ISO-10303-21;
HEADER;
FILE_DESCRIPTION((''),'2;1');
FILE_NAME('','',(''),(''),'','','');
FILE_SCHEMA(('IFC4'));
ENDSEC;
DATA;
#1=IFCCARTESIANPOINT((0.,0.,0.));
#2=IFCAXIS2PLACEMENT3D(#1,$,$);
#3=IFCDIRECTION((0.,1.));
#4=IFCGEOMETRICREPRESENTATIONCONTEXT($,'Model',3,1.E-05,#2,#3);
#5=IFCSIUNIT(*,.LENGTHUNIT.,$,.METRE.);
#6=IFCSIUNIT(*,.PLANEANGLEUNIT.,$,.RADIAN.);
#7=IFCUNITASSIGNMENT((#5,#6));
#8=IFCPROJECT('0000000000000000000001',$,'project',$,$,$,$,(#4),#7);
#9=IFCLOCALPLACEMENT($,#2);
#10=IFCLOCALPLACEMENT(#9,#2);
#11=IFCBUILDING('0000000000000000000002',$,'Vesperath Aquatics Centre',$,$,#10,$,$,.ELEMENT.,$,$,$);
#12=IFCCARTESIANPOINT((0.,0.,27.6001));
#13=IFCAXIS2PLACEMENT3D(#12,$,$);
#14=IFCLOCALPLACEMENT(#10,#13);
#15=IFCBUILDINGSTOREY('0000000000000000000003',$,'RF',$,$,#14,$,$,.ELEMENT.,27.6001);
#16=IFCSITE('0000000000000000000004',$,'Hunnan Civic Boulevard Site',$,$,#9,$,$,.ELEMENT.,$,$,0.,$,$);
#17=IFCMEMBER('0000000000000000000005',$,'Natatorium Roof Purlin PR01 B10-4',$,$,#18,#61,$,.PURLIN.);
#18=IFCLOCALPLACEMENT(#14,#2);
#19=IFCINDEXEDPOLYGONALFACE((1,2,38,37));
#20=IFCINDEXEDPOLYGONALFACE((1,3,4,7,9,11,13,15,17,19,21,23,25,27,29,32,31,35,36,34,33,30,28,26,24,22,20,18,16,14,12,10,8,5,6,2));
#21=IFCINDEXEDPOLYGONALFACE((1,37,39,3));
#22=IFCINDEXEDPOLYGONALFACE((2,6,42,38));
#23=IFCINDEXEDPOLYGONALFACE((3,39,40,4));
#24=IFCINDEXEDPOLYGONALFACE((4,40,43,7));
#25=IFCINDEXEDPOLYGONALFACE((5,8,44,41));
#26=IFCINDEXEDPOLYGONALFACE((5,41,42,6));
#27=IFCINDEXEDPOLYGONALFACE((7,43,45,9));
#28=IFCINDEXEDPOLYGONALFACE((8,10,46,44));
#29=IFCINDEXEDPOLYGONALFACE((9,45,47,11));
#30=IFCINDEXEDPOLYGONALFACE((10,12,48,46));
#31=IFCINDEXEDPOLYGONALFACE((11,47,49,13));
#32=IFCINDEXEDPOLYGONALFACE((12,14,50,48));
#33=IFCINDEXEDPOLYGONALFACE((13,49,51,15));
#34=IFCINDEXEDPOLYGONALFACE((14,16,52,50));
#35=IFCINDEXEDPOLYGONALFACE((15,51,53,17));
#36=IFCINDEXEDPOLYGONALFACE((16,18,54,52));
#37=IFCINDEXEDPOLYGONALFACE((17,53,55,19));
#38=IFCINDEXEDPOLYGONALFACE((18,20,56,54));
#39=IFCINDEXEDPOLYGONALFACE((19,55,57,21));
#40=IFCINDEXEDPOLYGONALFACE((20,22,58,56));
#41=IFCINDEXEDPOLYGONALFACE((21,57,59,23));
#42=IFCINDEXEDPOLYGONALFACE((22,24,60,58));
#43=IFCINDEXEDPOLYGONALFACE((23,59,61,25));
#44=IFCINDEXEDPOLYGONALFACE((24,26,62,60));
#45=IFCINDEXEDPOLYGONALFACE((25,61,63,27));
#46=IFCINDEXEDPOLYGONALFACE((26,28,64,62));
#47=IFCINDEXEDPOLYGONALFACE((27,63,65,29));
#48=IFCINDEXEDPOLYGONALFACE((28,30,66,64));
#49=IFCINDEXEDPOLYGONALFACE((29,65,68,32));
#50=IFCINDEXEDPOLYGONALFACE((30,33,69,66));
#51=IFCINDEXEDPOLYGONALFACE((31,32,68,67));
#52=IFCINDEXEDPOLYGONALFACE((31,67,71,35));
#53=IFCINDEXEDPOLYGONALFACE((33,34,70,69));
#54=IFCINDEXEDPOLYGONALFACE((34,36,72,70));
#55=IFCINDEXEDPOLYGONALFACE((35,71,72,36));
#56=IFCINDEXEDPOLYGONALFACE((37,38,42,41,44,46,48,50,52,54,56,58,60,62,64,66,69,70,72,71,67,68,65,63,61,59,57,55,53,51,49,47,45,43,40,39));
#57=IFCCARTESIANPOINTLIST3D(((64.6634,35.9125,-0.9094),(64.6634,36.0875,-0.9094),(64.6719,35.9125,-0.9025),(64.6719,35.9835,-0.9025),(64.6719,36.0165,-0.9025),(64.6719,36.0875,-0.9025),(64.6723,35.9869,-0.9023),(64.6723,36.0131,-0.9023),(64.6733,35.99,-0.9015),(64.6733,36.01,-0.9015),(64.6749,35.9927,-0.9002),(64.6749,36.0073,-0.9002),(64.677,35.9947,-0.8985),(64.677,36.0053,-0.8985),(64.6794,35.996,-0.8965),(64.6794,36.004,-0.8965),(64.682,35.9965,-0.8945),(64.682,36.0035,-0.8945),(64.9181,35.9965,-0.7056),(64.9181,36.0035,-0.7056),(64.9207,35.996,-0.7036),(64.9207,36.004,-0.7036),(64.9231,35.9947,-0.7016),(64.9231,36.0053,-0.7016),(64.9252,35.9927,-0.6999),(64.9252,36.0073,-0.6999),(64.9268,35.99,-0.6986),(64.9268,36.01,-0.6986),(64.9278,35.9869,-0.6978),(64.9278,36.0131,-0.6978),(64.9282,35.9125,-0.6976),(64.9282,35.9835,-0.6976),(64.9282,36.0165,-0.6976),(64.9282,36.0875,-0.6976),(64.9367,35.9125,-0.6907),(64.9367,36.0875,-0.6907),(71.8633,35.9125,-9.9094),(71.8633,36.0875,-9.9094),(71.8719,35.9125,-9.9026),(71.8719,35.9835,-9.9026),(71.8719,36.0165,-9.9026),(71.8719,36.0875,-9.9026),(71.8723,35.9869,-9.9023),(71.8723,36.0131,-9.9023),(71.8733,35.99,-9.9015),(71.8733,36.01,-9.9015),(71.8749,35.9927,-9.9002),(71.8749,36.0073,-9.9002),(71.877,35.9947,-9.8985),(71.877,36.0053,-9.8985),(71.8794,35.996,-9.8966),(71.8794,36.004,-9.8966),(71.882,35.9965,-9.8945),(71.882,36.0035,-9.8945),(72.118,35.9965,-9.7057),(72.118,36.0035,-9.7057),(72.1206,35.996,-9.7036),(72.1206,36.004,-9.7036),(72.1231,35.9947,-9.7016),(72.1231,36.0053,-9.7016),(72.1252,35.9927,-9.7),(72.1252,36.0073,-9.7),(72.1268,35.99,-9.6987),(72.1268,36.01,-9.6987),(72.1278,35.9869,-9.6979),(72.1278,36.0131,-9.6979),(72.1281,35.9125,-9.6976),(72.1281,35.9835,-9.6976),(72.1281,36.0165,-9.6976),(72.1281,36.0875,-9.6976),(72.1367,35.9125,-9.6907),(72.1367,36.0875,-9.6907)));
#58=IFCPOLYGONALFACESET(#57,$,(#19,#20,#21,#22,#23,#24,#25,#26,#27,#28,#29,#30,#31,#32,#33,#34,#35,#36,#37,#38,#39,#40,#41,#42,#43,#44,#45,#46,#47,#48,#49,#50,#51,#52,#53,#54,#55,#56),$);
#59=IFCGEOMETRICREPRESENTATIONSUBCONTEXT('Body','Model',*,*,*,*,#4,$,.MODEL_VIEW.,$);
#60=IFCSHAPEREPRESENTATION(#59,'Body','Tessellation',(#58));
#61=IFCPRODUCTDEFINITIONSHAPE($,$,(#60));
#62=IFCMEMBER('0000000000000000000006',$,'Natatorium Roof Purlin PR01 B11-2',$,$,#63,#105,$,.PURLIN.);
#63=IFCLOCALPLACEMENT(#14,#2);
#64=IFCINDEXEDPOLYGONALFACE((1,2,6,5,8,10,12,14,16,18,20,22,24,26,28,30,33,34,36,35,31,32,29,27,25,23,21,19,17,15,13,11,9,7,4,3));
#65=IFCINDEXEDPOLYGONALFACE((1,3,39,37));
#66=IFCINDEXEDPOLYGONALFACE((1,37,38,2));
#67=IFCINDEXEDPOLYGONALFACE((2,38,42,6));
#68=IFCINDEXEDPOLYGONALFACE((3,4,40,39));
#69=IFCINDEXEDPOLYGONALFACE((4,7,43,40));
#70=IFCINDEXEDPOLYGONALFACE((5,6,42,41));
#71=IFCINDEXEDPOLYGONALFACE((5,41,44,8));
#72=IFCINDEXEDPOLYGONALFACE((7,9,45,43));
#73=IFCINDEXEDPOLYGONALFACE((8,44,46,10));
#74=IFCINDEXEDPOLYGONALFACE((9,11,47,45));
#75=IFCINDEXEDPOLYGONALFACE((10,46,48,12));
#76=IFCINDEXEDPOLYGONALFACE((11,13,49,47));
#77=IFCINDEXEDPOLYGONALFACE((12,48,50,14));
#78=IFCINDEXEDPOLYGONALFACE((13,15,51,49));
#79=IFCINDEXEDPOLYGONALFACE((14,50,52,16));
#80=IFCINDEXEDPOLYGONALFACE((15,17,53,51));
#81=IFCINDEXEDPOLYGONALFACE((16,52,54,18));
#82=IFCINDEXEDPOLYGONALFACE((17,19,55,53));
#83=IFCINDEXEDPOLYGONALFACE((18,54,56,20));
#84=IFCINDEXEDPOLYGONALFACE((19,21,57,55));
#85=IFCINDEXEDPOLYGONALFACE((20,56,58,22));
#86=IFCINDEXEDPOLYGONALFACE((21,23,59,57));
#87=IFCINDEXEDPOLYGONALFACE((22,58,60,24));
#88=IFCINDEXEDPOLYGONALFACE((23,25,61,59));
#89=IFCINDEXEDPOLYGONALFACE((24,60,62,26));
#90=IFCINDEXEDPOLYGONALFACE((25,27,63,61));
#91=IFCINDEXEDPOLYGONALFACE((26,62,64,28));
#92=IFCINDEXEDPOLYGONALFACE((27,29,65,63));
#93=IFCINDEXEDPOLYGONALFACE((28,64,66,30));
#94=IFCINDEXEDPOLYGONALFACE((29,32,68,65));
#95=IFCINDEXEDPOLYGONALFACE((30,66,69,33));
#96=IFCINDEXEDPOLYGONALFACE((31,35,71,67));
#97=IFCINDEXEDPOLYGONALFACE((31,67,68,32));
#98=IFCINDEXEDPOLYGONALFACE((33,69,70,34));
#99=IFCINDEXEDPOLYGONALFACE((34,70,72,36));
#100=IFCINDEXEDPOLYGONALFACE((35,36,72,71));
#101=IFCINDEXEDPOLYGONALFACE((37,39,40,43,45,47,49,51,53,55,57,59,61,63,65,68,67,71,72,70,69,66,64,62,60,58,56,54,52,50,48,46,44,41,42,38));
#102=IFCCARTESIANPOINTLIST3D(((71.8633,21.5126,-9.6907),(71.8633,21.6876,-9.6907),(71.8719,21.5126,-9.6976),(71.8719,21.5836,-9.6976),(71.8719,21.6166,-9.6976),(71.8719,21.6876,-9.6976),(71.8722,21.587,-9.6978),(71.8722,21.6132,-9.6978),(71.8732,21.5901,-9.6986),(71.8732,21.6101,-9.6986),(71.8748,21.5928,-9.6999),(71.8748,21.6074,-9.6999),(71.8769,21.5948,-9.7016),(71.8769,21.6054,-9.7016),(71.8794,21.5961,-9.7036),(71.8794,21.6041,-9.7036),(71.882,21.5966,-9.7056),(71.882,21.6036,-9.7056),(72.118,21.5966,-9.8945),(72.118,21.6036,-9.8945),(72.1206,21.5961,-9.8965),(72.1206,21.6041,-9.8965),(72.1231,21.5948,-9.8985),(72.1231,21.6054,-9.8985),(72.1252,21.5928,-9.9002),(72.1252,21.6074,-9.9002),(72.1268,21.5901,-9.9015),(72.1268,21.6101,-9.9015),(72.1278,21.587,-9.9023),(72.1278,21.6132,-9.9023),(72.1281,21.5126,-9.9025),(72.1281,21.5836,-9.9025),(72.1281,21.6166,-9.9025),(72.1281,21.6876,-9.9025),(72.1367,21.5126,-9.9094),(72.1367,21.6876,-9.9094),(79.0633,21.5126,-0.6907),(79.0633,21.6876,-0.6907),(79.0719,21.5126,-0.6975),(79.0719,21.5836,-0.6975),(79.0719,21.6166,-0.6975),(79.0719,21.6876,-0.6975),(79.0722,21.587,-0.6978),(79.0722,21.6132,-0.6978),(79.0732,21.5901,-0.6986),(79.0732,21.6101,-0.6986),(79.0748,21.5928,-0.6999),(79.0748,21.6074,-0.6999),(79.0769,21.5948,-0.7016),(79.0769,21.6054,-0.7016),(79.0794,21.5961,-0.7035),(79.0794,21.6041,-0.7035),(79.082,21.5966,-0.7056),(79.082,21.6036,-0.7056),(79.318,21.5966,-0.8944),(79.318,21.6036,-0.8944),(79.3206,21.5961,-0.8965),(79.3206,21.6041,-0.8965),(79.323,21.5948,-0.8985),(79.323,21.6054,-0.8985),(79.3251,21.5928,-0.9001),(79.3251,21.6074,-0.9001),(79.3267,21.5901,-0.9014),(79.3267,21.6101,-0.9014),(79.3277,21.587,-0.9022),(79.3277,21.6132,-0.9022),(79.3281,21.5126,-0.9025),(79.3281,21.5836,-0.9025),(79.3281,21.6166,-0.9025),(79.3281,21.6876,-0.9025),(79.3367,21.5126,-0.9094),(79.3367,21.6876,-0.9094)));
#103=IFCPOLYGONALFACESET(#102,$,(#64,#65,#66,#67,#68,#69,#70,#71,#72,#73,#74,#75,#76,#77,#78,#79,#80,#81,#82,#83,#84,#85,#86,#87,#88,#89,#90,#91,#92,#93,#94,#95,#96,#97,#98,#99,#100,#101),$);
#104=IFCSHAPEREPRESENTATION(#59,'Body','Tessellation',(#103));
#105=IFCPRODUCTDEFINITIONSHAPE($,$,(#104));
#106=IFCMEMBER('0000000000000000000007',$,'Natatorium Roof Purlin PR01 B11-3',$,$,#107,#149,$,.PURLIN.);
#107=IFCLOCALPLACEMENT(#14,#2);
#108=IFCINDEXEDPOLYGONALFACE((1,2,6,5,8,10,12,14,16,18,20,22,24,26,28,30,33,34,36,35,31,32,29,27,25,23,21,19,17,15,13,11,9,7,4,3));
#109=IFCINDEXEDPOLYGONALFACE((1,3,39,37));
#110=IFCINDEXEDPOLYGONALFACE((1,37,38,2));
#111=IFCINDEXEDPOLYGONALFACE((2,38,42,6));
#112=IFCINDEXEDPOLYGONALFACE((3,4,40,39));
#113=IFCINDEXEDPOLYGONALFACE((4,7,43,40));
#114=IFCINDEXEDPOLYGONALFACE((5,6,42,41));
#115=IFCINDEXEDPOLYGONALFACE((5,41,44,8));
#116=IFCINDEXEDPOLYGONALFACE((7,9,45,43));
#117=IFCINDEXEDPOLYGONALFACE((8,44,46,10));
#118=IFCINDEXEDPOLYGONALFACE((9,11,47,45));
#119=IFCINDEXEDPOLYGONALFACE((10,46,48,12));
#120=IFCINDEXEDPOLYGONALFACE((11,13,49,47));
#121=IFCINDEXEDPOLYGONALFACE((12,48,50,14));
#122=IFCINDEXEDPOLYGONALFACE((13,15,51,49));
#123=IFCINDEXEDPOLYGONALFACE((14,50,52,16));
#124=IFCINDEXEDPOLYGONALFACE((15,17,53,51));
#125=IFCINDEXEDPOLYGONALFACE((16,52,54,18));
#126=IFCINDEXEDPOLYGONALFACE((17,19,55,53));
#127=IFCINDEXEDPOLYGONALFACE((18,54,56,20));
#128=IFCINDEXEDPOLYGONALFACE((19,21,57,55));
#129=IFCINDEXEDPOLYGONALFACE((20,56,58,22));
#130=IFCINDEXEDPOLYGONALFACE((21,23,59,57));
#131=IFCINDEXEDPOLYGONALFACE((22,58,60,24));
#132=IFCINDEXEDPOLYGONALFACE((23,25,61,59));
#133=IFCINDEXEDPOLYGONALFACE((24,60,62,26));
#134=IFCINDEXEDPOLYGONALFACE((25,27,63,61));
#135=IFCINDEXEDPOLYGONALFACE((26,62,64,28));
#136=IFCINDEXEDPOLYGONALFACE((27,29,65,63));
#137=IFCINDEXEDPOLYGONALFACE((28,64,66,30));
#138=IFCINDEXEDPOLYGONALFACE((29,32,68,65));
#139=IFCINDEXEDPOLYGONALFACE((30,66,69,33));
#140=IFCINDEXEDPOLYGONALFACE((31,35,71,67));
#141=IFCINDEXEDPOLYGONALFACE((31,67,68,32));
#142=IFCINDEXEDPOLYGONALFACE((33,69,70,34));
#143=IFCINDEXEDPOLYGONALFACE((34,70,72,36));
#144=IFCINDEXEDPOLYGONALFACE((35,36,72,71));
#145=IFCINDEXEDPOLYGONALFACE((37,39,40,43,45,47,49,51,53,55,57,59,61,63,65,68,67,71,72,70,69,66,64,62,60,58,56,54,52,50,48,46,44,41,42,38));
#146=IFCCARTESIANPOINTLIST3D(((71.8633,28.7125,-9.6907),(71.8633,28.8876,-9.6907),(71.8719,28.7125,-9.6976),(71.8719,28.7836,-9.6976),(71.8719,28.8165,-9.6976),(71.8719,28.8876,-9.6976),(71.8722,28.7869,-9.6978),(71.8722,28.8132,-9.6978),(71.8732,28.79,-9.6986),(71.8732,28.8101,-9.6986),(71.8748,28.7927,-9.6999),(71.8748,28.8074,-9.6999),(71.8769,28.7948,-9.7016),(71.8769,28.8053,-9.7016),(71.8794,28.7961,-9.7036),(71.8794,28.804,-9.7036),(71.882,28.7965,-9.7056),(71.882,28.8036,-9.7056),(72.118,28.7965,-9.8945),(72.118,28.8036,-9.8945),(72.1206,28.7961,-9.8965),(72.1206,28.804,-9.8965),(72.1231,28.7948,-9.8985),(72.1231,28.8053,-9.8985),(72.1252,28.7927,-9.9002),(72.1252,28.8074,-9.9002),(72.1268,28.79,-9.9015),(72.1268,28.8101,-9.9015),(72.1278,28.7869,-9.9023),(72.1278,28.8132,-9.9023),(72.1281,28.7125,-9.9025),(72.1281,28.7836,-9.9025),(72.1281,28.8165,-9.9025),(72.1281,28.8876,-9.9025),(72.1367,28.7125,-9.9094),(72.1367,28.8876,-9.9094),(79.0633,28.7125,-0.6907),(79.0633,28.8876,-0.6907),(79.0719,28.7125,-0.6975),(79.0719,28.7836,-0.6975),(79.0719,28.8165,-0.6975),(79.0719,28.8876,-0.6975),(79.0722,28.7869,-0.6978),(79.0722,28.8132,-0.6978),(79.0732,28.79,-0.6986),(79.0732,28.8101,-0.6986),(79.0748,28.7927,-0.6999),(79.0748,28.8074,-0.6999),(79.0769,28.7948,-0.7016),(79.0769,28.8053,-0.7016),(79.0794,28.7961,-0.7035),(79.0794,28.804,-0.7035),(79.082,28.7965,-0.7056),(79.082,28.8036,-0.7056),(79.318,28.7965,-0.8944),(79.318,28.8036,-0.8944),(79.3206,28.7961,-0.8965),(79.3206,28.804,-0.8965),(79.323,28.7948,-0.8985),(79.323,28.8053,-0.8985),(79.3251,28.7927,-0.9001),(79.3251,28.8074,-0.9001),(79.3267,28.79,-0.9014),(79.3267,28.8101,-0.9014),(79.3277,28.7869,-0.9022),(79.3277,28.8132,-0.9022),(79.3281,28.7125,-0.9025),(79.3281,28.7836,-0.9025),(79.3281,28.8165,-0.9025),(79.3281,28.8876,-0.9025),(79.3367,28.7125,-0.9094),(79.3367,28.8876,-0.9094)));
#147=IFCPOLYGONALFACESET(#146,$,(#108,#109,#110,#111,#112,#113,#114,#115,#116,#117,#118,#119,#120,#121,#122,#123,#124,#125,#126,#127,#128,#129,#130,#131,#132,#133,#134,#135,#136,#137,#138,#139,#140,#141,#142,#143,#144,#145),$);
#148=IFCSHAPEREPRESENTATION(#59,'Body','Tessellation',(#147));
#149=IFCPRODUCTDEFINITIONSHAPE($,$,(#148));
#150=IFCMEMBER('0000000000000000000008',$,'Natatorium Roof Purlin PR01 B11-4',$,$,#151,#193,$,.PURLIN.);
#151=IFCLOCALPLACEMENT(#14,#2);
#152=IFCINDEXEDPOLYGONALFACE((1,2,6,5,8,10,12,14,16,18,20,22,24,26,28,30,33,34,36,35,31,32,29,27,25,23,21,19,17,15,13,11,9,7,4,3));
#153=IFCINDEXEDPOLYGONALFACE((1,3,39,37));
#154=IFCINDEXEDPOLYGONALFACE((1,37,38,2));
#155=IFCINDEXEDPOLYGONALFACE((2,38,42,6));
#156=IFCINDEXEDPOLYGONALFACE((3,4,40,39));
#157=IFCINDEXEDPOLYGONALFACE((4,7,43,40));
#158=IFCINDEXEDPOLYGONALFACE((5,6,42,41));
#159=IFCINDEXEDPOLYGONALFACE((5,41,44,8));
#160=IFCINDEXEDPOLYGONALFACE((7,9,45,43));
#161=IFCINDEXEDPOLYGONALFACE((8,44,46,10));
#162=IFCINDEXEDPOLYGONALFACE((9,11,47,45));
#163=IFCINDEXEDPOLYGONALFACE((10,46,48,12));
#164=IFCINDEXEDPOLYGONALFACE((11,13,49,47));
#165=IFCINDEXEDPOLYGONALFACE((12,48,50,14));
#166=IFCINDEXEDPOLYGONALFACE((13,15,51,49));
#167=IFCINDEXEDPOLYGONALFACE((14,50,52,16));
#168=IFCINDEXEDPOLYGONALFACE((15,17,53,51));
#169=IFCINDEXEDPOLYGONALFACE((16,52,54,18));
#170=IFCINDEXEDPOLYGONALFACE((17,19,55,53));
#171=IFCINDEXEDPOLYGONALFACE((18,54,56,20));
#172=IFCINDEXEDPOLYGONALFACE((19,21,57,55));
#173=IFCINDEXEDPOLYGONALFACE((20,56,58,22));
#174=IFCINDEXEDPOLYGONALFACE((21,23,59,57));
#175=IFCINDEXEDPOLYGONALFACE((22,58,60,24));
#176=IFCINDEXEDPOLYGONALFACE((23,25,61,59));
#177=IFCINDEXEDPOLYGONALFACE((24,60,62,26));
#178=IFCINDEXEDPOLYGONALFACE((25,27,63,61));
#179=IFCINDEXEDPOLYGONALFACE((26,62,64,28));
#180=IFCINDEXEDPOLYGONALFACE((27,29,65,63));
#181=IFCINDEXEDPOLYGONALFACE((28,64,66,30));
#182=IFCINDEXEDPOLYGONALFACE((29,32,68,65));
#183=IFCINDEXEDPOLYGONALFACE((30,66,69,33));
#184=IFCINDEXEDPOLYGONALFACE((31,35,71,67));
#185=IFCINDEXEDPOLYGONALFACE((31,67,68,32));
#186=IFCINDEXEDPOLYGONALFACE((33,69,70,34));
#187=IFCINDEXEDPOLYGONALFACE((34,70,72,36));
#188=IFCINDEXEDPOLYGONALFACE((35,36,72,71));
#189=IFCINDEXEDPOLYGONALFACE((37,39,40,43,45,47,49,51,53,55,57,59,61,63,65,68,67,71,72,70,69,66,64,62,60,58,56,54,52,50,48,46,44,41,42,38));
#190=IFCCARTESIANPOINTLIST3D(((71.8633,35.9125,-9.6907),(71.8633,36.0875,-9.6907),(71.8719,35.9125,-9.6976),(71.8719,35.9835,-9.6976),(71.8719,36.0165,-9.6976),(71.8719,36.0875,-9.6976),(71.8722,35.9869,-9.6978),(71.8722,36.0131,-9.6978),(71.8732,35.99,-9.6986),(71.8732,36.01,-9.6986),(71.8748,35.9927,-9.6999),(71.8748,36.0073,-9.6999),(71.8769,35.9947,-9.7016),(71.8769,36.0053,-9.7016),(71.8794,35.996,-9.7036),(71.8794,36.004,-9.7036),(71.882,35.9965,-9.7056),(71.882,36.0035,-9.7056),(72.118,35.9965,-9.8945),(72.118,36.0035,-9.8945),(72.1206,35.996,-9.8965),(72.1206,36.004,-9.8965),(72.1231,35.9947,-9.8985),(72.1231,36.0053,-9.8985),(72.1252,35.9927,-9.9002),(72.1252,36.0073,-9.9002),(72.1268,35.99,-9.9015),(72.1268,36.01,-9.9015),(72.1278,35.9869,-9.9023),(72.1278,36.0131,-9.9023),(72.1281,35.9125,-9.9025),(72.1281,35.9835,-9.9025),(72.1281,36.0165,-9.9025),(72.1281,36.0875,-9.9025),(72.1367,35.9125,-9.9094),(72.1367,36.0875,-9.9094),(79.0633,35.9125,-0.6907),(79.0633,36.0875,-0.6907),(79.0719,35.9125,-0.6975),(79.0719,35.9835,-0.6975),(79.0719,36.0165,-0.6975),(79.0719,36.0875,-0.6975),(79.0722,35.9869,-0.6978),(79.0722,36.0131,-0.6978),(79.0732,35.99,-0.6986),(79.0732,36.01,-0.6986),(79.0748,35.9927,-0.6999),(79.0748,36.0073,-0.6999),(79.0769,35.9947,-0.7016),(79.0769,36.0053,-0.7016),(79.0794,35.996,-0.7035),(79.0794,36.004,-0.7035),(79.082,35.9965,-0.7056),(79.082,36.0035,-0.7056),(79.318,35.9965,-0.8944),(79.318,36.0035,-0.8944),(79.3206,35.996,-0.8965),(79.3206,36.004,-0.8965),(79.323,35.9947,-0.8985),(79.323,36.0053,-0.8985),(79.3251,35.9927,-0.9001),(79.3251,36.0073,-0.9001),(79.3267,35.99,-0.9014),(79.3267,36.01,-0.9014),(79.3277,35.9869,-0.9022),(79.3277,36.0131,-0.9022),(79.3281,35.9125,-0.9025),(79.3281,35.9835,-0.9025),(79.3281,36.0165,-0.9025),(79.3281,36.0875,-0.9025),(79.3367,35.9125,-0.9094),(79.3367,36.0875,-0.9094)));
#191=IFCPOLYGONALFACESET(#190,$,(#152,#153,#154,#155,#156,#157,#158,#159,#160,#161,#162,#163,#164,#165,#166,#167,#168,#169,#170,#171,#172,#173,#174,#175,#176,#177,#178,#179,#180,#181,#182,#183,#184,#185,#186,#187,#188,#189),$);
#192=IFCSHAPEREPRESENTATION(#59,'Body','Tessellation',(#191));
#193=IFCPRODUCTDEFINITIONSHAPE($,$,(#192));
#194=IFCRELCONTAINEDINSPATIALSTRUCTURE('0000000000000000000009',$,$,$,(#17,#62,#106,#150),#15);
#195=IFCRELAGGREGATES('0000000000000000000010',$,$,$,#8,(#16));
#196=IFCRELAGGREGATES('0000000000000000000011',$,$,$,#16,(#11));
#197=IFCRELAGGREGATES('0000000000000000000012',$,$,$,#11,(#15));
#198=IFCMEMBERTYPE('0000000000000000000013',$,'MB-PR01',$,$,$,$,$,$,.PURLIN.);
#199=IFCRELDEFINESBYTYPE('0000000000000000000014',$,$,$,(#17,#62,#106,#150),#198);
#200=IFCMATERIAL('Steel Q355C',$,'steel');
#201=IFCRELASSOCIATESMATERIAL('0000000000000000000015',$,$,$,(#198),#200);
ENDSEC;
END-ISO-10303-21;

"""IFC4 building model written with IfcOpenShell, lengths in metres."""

from ifc_helpers import new_model, si_unit, direction, frame, origin, origin_2d, place, context, subcontext, project, spatial, i_section, extrude, material, material_profile, profile_set, type_object, element, save


model = new_model("IFC4")

# Units and contexts
model_context = context("Model", 3, precision=1e-05, world=origin(), true_north=direction((0.0, 1.0)))
body_context = subcontext(model_context, "Body", "Model", "MODEL_VIEW")
ifc_project = project(units=[si_unit("LENGTHUNIT", "METRE"), si_unit("PLANEANGLEUNIT", "RADIAN")], contexts=[model_context])

# Site, building, storey
site_placement = place(None, origin())
site = spatial("IfcSite", under=ifc_project, at=site_placement, Name="Hunnan Civic Boulevard Site", CompositionType="ELEMENT", RefElevation=0.0)
building_placement = place(site_placement, origin())
building = spatial("IfcBuilding", under=site, at=building_placement, Name="Vesperath Aquatics Centre", CompositionType="ELEMENT")
storey_placement = place(building_placement, frame((0.0, 0.0, 27.6001)))
storey = spatial("IfcBuildingStorey", under=building, at=storey_placement, Name="RF", CompositionType="ELEMENT", Elevation=27.6001)

# Shared definitions
ifc_material_1 = material(Name="Steel Q355C", Category="steel")

# Members
ifc_material_profile_1 = material_profile(ifc_material_1, i_section(OverallWidth=0.175, OverallDepth=0.3501, WebThickness=0.0071, FlangeThickness=0.011, FilletRadius=0.0129, at=origin_2d()), Name="HN 350x175x7x11")
ifc_profile_set_1 = profile_set([ifc_material_profile_1], Name="Steel Q355C")
member_type_1 = type_object("IfcMemberType", Name="MB-PR01", PredefinedType="PURLIN", material=ifc_profile_set_1)
for number, where, z_axis, x_axis, name in (
    (1, (64.8, 36.0, -0.8), (0.624692, 0.0, -0.780871), (0.0, 1.0, 0.0), "Natatorium Roof Purlin PR01 B10-4"),
    (2, (72.0, 21.6001, -9.8), (0.624692, 0.0, 0.780871), (0.0, 1.0, 0.0), "Natatorium Roof Purlin PR01 B11-2"),
    (3, (72.0, 28.8, -9.8), (0.624692, 0.0, 0.780871), (0.0, 1.0, 0.0), "Natatorium Roof Purlin PR01 B11-3"),
    (4, (72.0, 36.0, -9.8), (0.624692, 0.0, 0.780871), (0.0, 1.0, 0.0), "Natatorium Roof Purlin PR01 B11-4"),
):
    element("IfcMember", number, at=place(storey_placement, frame(where, z_axis=z_axis, x_axis=x_axis)), inside=storey, type_object=member_type_1, Name=name, PredefinedType="PURLIN", context=body_context, shape_type="SweptSolid", body=[
        extrude(i_section(OverallWidth=0.175, OverallDepth=0.3501, WebThickness=0.0071, FlangeThickness=0.011, FilletRadius=0.0129, at=origin_2d()), origin(), (0.0, 0.0, 1.0), 11.5256),
    ])

save(model, "model.ifc")
